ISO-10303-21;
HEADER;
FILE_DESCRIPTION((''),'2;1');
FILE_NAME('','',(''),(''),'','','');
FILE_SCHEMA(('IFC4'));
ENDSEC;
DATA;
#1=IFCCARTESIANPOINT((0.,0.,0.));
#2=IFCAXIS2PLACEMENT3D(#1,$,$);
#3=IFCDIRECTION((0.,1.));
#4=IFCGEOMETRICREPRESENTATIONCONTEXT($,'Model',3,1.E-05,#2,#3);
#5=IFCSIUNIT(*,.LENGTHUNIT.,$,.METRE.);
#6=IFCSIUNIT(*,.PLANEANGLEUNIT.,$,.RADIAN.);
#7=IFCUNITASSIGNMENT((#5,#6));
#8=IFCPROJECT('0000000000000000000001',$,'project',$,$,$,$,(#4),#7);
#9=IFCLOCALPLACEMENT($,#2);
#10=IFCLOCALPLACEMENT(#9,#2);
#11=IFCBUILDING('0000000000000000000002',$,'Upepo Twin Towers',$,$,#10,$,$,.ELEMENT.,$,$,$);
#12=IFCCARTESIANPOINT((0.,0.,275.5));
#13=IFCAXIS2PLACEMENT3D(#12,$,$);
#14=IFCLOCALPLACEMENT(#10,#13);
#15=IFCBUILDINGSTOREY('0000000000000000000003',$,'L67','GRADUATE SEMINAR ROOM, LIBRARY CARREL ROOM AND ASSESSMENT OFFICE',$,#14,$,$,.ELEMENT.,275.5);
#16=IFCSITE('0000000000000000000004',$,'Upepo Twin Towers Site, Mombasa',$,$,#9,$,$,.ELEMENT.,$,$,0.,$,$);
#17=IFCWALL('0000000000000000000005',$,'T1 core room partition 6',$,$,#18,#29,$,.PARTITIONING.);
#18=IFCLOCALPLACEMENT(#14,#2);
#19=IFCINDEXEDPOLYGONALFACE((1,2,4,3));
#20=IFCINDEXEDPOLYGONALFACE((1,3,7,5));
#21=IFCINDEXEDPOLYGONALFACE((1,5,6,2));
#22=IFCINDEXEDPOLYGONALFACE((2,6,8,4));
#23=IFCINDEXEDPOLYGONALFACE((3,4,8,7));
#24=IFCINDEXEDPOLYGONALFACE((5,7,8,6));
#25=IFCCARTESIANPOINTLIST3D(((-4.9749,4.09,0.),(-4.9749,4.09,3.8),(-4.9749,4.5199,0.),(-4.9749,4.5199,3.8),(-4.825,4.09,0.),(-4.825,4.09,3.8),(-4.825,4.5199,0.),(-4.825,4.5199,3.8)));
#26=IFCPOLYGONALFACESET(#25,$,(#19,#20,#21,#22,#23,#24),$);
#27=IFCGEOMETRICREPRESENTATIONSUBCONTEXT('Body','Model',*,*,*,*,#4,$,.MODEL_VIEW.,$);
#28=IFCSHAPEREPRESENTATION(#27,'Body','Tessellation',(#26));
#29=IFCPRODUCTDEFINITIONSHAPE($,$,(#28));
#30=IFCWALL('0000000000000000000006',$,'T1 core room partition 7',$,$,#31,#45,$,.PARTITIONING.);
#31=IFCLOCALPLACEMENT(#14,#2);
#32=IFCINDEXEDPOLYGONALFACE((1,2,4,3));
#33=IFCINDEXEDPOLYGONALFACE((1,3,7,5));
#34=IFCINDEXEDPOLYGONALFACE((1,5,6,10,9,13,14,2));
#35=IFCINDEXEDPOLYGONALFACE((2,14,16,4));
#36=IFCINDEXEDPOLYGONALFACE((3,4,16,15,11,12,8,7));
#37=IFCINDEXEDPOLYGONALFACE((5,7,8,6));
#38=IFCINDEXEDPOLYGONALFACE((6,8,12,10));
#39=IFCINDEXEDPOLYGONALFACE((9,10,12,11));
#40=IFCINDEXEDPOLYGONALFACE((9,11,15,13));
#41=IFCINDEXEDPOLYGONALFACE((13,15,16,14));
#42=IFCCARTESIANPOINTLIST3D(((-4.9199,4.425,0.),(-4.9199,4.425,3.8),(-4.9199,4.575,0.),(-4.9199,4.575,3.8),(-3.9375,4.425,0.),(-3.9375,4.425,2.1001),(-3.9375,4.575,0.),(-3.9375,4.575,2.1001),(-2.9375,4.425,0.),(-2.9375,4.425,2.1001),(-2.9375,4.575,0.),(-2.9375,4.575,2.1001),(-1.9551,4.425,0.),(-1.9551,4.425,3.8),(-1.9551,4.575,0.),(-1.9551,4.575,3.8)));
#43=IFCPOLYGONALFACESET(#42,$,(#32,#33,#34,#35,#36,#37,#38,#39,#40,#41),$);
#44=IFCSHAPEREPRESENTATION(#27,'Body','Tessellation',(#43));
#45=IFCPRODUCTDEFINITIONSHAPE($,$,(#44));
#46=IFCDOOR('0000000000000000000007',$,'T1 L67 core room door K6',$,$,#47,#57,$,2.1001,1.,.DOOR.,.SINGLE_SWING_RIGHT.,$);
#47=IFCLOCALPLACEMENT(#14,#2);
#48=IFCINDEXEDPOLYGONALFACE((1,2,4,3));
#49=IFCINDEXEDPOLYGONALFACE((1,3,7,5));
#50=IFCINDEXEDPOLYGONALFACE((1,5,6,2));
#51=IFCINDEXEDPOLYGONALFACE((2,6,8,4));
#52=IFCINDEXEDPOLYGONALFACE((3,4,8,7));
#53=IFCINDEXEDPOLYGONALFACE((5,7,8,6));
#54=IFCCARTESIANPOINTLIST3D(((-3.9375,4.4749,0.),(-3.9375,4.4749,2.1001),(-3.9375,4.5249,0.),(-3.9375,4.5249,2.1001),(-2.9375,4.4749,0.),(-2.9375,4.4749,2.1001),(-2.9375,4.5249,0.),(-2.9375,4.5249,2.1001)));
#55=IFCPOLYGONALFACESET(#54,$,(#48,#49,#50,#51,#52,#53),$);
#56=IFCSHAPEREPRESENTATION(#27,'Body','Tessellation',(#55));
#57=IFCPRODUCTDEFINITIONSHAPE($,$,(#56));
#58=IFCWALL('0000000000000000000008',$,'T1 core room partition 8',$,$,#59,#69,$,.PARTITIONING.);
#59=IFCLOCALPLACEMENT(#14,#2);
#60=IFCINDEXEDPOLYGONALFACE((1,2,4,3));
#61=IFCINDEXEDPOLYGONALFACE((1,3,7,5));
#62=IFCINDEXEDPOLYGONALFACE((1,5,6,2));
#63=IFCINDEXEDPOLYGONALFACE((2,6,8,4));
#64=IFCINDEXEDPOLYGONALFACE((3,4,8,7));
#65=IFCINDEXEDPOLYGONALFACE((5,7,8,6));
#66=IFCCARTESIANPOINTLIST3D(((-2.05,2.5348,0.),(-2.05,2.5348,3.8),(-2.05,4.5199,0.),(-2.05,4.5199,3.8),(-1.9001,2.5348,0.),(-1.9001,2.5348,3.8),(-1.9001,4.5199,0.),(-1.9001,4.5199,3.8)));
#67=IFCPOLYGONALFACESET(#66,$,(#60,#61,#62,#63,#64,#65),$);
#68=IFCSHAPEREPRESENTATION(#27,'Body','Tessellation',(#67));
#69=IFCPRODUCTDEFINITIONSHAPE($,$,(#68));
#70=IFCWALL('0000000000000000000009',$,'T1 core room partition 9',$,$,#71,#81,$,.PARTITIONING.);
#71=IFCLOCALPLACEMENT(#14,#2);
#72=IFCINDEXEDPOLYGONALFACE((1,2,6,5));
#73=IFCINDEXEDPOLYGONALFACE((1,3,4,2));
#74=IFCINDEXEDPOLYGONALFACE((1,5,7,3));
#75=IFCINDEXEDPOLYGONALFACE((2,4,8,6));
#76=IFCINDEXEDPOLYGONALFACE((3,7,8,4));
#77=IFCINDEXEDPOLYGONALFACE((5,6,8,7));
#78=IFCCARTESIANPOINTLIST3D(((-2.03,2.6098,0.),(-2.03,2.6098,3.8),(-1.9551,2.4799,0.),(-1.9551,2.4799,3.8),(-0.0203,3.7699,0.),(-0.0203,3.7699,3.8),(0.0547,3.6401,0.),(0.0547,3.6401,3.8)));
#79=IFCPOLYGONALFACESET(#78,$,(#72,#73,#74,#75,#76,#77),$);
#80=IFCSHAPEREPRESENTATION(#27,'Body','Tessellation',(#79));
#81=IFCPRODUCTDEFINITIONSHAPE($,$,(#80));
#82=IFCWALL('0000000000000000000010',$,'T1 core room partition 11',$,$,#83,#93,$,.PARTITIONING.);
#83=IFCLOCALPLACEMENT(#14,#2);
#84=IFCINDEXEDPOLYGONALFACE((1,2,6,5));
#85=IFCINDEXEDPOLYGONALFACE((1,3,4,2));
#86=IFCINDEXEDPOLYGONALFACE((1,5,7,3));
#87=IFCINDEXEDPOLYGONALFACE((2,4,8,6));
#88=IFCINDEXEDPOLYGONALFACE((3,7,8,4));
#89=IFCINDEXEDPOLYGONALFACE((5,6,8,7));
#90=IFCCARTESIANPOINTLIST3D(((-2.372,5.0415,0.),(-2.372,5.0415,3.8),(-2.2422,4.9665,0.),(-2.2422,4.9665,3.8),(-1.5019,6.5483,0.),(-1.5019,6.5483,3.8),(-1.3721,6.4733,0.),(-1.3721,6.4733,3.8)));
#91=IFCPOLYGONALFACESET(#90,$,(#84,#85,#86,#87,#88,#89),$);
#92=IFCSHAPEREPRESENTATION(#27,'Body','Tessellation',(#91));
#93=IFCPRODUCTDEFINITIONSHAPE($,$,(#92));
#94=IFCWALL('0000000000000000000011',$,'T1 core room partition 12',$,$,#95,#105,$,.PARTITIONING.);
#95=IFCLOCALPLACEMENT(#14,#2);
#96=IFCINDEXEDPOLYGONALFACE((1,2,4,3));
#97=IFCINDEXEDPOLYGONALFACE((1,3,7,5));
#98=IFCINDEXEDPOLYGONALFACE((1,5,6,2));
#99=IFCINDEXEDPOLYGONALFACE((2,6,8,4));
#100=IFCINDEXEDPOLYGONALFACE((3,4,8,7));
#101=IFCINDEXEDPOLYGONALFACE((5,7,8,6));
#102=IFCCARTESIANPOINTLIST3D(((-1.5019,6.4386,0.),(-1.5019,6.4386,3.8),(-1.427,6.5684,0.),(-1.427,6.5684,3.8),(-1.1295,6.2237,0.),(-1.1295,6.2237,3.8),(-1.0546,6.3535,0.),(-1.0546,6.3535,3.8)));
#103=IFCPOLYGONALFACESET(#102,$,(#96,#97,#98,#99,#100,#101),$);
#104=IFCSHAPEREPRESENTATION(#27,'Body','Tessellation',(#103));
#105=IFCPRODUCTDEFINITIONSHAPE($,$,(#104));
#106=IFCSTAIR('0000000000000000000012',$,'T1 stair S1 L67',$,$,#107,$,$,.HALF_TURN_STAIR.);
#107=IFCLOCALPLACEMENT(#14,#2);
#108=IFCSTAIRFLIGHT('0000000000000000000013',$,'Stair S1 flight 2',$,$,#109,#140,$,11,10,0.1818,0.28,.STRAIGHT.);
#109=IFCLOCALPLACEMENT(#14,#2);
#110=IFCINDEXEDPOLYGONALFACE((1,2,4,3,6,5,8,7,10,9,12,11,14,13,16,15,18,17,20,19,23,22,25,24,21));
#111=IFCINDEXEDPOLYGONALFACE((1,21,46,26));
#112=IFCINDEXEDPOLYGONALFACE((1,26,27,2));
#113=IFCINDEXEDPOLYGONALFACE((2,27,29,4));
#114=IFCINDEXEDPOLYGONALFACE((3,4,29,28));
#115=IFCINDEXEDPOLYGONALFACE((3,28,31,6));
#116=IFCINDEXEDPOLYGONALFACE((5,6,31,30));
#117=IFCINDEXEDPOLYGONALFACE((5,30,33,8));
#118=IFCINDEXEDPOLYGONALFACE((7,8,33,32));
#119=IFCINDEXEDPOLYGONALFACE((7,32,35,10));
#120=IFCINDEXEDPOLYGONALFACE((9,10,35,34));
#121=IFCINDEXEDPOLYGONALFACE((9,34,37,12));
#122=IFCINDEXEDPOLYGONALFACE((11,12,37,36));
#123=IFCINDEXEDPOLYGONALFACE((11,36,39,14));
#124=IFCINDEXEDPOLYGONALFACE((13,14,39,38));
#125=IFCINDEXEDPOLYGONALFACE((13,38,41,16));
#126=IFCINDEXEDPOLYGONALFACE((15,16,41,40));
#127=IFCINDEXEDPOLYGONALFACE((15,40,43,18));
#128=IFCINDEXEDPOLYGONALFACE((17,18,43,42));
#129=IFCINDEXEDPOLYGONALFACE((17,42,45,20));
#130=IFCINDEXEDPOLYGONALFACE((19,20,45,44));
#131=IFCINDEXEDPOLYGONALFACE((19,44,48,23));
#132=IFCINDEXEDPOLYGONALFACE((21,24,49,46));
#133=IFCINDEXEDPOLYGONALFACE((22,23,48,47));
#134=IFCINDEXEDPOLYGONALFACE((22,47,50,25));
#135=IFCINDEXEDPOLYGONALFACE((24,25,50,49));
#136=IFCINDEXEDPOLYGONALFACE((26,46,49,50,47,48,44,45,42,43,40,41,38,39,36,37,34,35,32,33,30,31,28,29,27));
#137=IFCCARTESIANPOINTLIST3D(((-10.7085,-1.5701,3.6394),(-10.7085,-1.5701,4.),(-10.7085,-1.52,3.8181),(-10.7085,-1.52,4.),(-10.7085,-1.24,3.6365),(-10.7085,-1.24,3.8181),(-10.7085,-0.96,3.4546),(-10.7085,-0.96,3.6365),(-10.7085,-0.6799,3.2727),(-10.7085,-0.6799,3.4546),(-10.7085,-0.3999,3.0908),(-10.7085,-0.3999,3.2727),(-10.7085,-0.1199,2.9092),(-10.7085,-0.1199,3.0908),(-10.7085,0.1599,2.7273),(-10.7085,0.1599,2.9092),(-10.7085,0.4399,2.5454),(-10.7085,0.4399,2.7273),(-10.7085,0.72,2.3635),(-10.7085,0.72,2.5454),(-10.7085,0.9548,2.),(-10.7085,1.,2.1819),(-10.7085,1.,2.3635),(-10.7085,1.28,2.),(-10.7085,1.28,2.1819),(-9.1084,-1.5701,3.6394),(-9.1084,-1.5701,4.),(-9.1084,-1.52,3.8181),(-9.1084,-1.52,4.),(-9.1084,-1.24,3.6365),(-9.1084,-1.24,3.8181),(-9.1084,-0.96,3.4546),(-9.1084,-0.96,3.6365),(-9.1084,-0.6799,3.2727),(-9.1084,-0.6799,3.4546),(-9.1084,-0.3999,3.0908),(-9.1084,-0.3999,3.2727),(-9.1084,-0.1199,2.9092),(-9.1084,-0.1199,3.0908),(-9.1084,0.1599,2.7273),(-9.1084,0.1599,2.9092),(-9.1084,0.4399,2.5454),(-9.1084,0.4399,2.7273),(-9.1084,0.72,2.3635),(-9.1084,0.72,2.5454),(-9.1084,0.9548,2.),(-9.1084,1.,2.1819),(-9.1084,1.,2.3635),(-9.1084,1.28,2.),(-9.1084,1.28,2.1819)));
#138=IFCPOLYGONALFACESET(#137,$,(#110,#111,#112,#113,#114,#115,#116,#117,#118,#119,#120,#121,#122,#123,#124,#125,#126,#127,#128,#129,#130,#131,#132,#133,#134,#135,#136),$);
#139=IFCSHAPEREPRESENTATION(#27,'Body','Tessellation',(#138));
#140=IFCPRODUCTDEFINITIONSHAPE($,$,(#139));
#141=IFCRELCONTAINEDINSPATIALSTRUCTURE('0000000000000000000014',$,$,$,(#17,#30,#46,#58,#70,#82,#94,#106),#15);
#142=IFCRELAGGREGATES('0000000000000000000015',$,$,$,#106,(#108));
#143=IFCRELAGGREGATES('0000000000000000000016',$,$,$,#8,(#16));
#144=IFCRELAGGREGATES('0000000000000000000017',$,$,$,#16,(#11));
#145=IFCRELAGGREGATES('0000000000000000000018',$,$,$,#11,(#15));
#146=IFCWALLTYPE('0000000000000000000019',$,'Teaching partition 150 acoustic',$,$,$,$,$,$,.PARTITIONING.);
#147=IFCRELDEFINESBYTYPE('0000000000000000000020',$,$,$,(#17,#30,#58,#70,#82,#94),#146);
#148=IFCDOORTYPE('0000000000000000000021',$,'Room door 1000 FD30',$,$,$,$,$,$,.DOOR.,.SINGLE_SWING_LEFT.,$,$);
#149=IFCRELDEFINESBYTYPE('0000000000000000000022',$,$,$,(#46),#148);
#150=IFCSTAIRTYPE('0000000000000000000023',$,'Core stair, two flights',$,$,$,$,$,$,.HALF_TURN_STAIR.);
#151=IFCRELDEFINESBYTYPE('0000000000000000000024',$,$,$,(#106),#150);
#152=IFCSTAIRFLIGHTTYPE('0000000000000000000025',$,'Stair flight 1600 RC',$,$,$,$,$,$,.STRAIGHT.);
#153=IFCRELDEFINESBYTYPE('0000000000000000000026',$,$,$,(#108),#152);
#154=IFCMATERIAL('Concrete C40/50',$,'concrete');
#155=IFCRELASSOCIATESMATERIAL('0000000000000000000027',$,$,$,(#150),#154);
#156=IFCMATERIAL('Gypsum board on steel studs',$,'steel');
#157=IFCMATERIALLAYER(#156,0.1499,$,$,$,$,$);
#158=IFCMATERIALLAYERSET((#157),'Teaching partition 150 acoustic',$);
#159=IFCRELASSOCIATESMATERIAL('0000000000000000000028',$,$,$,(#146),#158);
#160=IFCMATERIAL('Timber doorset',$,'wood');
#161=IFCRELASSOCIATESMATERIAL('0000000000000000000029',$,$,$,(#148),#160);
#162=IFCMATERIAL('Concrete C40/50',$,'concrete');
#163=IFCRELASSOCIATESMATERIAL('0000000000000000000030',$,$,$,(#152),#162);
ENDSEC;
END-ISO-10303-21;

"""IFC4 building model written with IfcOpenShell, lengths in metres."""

from ifc_helpers import new_model, si_unit, direction, frame, frame_2d, origin, place, context, subcontext, project, spatial, polyline, rectangle, outline, extrude, material, layer, layer_set, type_object, element, fill, aggregate, save


model = new_model("IFC4")

# Units and contexts
model_context = context("Model", 3, precision=1e-05, world=origin(), true_north=direction((0.0, 1.0)))
body_context = subcontext(model_context, "Body", "Model", "MODEL_VIEW")
ifc_project = project(units=[si_unit("LENGTHUNIT", "METRE"), si_unit("PLANEANGLEUNIT", "RADIAN")], contexts=[model_context])

# Site, building, storey
site_placement = place(None, origin())
site = spatial("IfcSite", under=ifc_project, at=site_placement, Name="Upepo Twin Towers Site, Mombasa", CompositionType="ELEMENT", RefElevation=0.0)
building_placement = place(site_placement, origin())
building = spatial("IfcBuilding", under=site, at=building_placement, Name="Upepo Twin Towers", CompositionType="ELEMENT")
storey_placement = place(building_placement, frame((0.0, 0.0, 275.5)))
storey = spatial("IfcBuildingStorey", under=building, at=storey_placement, Name="L67", Description="GRADUATE SEMINAR ROOM, LIBRARY CARREL ROOM AND ASSESSMENT OFFICE", CompositionType="ELEMENT", Elevation=275.5)

# Shared definitions
ifc_material_1 = material(Name="Concrete C40/50", Category="concrete")
stair_type = type_object("IfcStairType", Name="Core stair, two flights", PredefinedType="HALF_TURN_STAIR", material=ifc_material_1)

# Wall
ifc_material_2 = material(Name="Gypsum board on steel studs", Category="steel")
ifc_layer_1 = layer(ifc_material_2, 0.1499)
ifc_layer_set_1 = layer_set([ifc_layer_1], Name="Teaching partition 150 acoustic")
wall_type_1 = type_object("IfcWallType", Name="Teaching partition 150 acoustic", PredefinedType="PARTITIONING", material=ifc_layer_set_1)
wall_1_placement = place(storey_placement, frame((-4.8999, 4.0901, 0.0), z_axis=(0.0, 0.0, 1.0), x_axis=(0.0, 1.0, 0.0)))
element("IfcWall", 1, at=wall_1_placement, inside=storey, type_object=wall_type_1, Name="T1 core room partition 6", PredefinedType="PARTITIONING", context=body_context, shape_type="SweptSolid", body=[
    extrude(rectangle(XDim=0.4299, YDim=0.1499, at=frame_2d((0.2148, 0.0))), origin(), (0.0, 0.0, 1.0), 3.8),
])

# Wall, opening, door
wall_2_placement = place(storey_placement, frame((-4.9199, 4.5, 0.0), z_axis=(0.0, 0.0, 1.0), x_axis=(1.0, 0.0, 0.0)))
wall_2 = element("IfcWall", 2, at=wall_2_placement, inside=storey, type_object=wall_type_1, Name="T1 core room partition 7", PredefinedType="PARTITIONING", context=body_context, shape_type="SweptSolid", body=[
    extrude(rectangle(XDim=2.9648, YDim=0.1499, at=frame_2d((1.4824, 0.0))), origin(), (0.0, 0.0, 1.0), 3.8),
])
opening_1_placement = place(wall_2_placement, frame((0.9824, 0.0, 0.0)))
opening_1 = element("IfcOpeningElement", 3, at=opening_1_placement, cuts=wall_2, PredefinedType="OPENING", context=body_context, shape_type="SweptSolid", body=[
    extrude(rectangle(XDim=1.0, YDim=2.1001, at=frame_2d((0.5, 1.05))), frame((0.0, 0.085, 0.0), z_axis=(0.0, -1.0, 0.0), x_axis=(1.0, 0.0, 0.0)), (0.0, 0.0, 1.0), 0.1699),
])
ifc_material_3 = material(Name="Timber doorset", Category="wood")
door_type_1 = type_object("IfcDoorType", Name="Room door 1000 FD30", OperationType="SINGLE_SWING_LEFT", PredefinedType="DOOR", material=ifc_material_3)
door_1_placement = place(opening_1_placement, origin())
door_1 = element("IfcDoor", 4, at=door_1_placement, inside=storey, type_object=door_type_1, Name="T1 L67 core room door K6", OperationType="SINGLE_SWING_RIGHT", OverallHeight=2.1001, OverallWidth=1.0, PredefinedType="DOOR", context=body_context, shape_type="SweptSolid", body=[
    extrude(rectangle(XDim=1.0, YDim=2.1001, at=frame_2d((0.5, 1.05))), frame((0.0, 0.0249, 0.0), z_axis=(0.0, -1.0, 0.0), x_axis=(1.0, 0.0, 0.0)), (0.0, 0.0, 1.0), 0.05),
])
fill(opening_1, door_1)

# Walls
wall_3_placement = place(storey_placement, frame((-1.9751, 4.52, 0.0), z_axis=(0.0, 0.0, 1.0), x_axis=(0.0, -1.0, 0.0)))
element("IfcWall", 5, at=wall_3_placement, inside=storey, type_object=wall_type_1, Name="T1 core room partition 8", PredefinedType="PARTITIONING", context=body_context, shape_type="SweptSolid", body=[
    extrude(rectangle(XDim=1.9851, YDim=0.1499, at=frame_2d((0.9927, 0.0))), origin(), (0.0, 0.0, 1.0), 3.8),
])
wall_4_placement = place(storey_placement, frame((-1.9924, 2.5449, 0.0), z_axis=(0.0, 0.0, 1.0), x_axis=(0.866059, 0.499941, 0.0)))
element("IfcWall", 6, at=wall_4_placement, inside=storey, type_object=wall_type_1, Name="T1 core room partition 9", PredefinedType="PARTITIONING", context=body_context, shape_type="SweptSolid", body=[
    extrude(rectangle(XDim=2.3206, YDim=0.1499, at=frame_2d((1.1602, 0.0))), origin(), (0.0, 0.0, 1.0), 3.8),
])
wall_5_placement = place(storey_placement, frame((-2.3071, 5.0039, 0.0), z_axis=(0.0, 0.0, 1.0), x_axis=(0.500063, 0.865989, 0.0)))
element("IfcWall", 7, at=wall_5_placement, inside=storey, type_object=wall_type_1, Name="T1 core room partition 11", PredefinedType="PARTITIONING", context=body_context, shape_type="SweptSolid", body=[
    extrude(rectangle(XDim=1.74, YDim=0.1499, at=frame_2d((0.8701, 0.0))), origin(), (0.0, 0.0, 1.0), 3.8),
])
wall_6_placement = place(storey_placement, frame((-1.4644, 6.5034, 0.0), z_axis=(0.0, 0.0, 1.0), x_axis=(0.866138, -0.499804, 0.0)))
element("IfcWall", 8, at=wall_6_placement, inside=storey, type_object=wall_type_1, Name="T1 core room partition 12", PredefinedType="PARTITIONING", context=body_context, shape_type="SweptSolid", body=[
    extrude(rectangle(XDim=0.4299, YDim=0.1499, at=frame_2d((0.2148, 0.0))), origin(), (0.0, 0.0, 1.0), 3.8),
])

# Stair, stair flight
stair_1_placement = place(storey_placement, origin())
stair_1 = element("IfcStair", 9, at=stair_1_placement, inside=storey, type_object=stair_type, Name="T1 stair S1 L67", PredefinedType="HALF_TURN_STAIR")
ifc_material_4 = material(Name="Concrete C40/50", Category="concrete")
stair_flight_type = type_object("IfcStairFlightType", Name="Stair flight 1600 RC", PredefinedType="STRAIGHT", material=ifc_material_4)
stair_flight_placement = place(storey_placement, frame((-9.9084, 1.28, 2.0), z_axis=(0.0, 0.0, 1.0), x_axis=(0.0, -1.0, 0.0)))
stair_flight = element("IfcStairFlight", 10, at=stair_flight_placement, type_object=stair_flight_type, Name="Stair S1 flight 2", NumberOfRisers=11, NumberOfTreads=10, PredefinedType="STRAIGHT", RiserHeight=0.1818, TreadLength=0.28, context=body_context, shape_type="SweptSolid", body=[
    extrude(outline(polyline([(0.0, 0.0), (0.0, 0.1819), (0.28, 0.1819), (0.28, 0.3635), (0.5601, 0.3635), (0.5601, 0.5454), (0.8401, 0.5454), (0.8401, 0.7273), (1.1201, 0.7273), (1.1201, 0.9092), (1.3999, 0.9092), (1.3999, 1.0908), (1.6799, 1.0908), (1.6799, 1.2727), (1.96, 1.2727), (1.96, 1.4546), (2.24, 1.4546), (2.24, 1.6365), (2.52, 1.6365), (2.52, 1.8181), (2.8, 1.8181), (2.8, 2.0), (2.8501, 2.0), (2.8501, 1.6394), (0.3252, 0.0), (0.0, 0.0)])), frame((0.0, 0.8, 0.0), z_axis=(0.0, -1.0, 0.0), x_axis=(1.0, 0.0, 0.0)), (0.0, 0.0, 1.0), 1.6001),
])
aggregate(stair_1, [stair_flight])

save(model, "model.ifc")
